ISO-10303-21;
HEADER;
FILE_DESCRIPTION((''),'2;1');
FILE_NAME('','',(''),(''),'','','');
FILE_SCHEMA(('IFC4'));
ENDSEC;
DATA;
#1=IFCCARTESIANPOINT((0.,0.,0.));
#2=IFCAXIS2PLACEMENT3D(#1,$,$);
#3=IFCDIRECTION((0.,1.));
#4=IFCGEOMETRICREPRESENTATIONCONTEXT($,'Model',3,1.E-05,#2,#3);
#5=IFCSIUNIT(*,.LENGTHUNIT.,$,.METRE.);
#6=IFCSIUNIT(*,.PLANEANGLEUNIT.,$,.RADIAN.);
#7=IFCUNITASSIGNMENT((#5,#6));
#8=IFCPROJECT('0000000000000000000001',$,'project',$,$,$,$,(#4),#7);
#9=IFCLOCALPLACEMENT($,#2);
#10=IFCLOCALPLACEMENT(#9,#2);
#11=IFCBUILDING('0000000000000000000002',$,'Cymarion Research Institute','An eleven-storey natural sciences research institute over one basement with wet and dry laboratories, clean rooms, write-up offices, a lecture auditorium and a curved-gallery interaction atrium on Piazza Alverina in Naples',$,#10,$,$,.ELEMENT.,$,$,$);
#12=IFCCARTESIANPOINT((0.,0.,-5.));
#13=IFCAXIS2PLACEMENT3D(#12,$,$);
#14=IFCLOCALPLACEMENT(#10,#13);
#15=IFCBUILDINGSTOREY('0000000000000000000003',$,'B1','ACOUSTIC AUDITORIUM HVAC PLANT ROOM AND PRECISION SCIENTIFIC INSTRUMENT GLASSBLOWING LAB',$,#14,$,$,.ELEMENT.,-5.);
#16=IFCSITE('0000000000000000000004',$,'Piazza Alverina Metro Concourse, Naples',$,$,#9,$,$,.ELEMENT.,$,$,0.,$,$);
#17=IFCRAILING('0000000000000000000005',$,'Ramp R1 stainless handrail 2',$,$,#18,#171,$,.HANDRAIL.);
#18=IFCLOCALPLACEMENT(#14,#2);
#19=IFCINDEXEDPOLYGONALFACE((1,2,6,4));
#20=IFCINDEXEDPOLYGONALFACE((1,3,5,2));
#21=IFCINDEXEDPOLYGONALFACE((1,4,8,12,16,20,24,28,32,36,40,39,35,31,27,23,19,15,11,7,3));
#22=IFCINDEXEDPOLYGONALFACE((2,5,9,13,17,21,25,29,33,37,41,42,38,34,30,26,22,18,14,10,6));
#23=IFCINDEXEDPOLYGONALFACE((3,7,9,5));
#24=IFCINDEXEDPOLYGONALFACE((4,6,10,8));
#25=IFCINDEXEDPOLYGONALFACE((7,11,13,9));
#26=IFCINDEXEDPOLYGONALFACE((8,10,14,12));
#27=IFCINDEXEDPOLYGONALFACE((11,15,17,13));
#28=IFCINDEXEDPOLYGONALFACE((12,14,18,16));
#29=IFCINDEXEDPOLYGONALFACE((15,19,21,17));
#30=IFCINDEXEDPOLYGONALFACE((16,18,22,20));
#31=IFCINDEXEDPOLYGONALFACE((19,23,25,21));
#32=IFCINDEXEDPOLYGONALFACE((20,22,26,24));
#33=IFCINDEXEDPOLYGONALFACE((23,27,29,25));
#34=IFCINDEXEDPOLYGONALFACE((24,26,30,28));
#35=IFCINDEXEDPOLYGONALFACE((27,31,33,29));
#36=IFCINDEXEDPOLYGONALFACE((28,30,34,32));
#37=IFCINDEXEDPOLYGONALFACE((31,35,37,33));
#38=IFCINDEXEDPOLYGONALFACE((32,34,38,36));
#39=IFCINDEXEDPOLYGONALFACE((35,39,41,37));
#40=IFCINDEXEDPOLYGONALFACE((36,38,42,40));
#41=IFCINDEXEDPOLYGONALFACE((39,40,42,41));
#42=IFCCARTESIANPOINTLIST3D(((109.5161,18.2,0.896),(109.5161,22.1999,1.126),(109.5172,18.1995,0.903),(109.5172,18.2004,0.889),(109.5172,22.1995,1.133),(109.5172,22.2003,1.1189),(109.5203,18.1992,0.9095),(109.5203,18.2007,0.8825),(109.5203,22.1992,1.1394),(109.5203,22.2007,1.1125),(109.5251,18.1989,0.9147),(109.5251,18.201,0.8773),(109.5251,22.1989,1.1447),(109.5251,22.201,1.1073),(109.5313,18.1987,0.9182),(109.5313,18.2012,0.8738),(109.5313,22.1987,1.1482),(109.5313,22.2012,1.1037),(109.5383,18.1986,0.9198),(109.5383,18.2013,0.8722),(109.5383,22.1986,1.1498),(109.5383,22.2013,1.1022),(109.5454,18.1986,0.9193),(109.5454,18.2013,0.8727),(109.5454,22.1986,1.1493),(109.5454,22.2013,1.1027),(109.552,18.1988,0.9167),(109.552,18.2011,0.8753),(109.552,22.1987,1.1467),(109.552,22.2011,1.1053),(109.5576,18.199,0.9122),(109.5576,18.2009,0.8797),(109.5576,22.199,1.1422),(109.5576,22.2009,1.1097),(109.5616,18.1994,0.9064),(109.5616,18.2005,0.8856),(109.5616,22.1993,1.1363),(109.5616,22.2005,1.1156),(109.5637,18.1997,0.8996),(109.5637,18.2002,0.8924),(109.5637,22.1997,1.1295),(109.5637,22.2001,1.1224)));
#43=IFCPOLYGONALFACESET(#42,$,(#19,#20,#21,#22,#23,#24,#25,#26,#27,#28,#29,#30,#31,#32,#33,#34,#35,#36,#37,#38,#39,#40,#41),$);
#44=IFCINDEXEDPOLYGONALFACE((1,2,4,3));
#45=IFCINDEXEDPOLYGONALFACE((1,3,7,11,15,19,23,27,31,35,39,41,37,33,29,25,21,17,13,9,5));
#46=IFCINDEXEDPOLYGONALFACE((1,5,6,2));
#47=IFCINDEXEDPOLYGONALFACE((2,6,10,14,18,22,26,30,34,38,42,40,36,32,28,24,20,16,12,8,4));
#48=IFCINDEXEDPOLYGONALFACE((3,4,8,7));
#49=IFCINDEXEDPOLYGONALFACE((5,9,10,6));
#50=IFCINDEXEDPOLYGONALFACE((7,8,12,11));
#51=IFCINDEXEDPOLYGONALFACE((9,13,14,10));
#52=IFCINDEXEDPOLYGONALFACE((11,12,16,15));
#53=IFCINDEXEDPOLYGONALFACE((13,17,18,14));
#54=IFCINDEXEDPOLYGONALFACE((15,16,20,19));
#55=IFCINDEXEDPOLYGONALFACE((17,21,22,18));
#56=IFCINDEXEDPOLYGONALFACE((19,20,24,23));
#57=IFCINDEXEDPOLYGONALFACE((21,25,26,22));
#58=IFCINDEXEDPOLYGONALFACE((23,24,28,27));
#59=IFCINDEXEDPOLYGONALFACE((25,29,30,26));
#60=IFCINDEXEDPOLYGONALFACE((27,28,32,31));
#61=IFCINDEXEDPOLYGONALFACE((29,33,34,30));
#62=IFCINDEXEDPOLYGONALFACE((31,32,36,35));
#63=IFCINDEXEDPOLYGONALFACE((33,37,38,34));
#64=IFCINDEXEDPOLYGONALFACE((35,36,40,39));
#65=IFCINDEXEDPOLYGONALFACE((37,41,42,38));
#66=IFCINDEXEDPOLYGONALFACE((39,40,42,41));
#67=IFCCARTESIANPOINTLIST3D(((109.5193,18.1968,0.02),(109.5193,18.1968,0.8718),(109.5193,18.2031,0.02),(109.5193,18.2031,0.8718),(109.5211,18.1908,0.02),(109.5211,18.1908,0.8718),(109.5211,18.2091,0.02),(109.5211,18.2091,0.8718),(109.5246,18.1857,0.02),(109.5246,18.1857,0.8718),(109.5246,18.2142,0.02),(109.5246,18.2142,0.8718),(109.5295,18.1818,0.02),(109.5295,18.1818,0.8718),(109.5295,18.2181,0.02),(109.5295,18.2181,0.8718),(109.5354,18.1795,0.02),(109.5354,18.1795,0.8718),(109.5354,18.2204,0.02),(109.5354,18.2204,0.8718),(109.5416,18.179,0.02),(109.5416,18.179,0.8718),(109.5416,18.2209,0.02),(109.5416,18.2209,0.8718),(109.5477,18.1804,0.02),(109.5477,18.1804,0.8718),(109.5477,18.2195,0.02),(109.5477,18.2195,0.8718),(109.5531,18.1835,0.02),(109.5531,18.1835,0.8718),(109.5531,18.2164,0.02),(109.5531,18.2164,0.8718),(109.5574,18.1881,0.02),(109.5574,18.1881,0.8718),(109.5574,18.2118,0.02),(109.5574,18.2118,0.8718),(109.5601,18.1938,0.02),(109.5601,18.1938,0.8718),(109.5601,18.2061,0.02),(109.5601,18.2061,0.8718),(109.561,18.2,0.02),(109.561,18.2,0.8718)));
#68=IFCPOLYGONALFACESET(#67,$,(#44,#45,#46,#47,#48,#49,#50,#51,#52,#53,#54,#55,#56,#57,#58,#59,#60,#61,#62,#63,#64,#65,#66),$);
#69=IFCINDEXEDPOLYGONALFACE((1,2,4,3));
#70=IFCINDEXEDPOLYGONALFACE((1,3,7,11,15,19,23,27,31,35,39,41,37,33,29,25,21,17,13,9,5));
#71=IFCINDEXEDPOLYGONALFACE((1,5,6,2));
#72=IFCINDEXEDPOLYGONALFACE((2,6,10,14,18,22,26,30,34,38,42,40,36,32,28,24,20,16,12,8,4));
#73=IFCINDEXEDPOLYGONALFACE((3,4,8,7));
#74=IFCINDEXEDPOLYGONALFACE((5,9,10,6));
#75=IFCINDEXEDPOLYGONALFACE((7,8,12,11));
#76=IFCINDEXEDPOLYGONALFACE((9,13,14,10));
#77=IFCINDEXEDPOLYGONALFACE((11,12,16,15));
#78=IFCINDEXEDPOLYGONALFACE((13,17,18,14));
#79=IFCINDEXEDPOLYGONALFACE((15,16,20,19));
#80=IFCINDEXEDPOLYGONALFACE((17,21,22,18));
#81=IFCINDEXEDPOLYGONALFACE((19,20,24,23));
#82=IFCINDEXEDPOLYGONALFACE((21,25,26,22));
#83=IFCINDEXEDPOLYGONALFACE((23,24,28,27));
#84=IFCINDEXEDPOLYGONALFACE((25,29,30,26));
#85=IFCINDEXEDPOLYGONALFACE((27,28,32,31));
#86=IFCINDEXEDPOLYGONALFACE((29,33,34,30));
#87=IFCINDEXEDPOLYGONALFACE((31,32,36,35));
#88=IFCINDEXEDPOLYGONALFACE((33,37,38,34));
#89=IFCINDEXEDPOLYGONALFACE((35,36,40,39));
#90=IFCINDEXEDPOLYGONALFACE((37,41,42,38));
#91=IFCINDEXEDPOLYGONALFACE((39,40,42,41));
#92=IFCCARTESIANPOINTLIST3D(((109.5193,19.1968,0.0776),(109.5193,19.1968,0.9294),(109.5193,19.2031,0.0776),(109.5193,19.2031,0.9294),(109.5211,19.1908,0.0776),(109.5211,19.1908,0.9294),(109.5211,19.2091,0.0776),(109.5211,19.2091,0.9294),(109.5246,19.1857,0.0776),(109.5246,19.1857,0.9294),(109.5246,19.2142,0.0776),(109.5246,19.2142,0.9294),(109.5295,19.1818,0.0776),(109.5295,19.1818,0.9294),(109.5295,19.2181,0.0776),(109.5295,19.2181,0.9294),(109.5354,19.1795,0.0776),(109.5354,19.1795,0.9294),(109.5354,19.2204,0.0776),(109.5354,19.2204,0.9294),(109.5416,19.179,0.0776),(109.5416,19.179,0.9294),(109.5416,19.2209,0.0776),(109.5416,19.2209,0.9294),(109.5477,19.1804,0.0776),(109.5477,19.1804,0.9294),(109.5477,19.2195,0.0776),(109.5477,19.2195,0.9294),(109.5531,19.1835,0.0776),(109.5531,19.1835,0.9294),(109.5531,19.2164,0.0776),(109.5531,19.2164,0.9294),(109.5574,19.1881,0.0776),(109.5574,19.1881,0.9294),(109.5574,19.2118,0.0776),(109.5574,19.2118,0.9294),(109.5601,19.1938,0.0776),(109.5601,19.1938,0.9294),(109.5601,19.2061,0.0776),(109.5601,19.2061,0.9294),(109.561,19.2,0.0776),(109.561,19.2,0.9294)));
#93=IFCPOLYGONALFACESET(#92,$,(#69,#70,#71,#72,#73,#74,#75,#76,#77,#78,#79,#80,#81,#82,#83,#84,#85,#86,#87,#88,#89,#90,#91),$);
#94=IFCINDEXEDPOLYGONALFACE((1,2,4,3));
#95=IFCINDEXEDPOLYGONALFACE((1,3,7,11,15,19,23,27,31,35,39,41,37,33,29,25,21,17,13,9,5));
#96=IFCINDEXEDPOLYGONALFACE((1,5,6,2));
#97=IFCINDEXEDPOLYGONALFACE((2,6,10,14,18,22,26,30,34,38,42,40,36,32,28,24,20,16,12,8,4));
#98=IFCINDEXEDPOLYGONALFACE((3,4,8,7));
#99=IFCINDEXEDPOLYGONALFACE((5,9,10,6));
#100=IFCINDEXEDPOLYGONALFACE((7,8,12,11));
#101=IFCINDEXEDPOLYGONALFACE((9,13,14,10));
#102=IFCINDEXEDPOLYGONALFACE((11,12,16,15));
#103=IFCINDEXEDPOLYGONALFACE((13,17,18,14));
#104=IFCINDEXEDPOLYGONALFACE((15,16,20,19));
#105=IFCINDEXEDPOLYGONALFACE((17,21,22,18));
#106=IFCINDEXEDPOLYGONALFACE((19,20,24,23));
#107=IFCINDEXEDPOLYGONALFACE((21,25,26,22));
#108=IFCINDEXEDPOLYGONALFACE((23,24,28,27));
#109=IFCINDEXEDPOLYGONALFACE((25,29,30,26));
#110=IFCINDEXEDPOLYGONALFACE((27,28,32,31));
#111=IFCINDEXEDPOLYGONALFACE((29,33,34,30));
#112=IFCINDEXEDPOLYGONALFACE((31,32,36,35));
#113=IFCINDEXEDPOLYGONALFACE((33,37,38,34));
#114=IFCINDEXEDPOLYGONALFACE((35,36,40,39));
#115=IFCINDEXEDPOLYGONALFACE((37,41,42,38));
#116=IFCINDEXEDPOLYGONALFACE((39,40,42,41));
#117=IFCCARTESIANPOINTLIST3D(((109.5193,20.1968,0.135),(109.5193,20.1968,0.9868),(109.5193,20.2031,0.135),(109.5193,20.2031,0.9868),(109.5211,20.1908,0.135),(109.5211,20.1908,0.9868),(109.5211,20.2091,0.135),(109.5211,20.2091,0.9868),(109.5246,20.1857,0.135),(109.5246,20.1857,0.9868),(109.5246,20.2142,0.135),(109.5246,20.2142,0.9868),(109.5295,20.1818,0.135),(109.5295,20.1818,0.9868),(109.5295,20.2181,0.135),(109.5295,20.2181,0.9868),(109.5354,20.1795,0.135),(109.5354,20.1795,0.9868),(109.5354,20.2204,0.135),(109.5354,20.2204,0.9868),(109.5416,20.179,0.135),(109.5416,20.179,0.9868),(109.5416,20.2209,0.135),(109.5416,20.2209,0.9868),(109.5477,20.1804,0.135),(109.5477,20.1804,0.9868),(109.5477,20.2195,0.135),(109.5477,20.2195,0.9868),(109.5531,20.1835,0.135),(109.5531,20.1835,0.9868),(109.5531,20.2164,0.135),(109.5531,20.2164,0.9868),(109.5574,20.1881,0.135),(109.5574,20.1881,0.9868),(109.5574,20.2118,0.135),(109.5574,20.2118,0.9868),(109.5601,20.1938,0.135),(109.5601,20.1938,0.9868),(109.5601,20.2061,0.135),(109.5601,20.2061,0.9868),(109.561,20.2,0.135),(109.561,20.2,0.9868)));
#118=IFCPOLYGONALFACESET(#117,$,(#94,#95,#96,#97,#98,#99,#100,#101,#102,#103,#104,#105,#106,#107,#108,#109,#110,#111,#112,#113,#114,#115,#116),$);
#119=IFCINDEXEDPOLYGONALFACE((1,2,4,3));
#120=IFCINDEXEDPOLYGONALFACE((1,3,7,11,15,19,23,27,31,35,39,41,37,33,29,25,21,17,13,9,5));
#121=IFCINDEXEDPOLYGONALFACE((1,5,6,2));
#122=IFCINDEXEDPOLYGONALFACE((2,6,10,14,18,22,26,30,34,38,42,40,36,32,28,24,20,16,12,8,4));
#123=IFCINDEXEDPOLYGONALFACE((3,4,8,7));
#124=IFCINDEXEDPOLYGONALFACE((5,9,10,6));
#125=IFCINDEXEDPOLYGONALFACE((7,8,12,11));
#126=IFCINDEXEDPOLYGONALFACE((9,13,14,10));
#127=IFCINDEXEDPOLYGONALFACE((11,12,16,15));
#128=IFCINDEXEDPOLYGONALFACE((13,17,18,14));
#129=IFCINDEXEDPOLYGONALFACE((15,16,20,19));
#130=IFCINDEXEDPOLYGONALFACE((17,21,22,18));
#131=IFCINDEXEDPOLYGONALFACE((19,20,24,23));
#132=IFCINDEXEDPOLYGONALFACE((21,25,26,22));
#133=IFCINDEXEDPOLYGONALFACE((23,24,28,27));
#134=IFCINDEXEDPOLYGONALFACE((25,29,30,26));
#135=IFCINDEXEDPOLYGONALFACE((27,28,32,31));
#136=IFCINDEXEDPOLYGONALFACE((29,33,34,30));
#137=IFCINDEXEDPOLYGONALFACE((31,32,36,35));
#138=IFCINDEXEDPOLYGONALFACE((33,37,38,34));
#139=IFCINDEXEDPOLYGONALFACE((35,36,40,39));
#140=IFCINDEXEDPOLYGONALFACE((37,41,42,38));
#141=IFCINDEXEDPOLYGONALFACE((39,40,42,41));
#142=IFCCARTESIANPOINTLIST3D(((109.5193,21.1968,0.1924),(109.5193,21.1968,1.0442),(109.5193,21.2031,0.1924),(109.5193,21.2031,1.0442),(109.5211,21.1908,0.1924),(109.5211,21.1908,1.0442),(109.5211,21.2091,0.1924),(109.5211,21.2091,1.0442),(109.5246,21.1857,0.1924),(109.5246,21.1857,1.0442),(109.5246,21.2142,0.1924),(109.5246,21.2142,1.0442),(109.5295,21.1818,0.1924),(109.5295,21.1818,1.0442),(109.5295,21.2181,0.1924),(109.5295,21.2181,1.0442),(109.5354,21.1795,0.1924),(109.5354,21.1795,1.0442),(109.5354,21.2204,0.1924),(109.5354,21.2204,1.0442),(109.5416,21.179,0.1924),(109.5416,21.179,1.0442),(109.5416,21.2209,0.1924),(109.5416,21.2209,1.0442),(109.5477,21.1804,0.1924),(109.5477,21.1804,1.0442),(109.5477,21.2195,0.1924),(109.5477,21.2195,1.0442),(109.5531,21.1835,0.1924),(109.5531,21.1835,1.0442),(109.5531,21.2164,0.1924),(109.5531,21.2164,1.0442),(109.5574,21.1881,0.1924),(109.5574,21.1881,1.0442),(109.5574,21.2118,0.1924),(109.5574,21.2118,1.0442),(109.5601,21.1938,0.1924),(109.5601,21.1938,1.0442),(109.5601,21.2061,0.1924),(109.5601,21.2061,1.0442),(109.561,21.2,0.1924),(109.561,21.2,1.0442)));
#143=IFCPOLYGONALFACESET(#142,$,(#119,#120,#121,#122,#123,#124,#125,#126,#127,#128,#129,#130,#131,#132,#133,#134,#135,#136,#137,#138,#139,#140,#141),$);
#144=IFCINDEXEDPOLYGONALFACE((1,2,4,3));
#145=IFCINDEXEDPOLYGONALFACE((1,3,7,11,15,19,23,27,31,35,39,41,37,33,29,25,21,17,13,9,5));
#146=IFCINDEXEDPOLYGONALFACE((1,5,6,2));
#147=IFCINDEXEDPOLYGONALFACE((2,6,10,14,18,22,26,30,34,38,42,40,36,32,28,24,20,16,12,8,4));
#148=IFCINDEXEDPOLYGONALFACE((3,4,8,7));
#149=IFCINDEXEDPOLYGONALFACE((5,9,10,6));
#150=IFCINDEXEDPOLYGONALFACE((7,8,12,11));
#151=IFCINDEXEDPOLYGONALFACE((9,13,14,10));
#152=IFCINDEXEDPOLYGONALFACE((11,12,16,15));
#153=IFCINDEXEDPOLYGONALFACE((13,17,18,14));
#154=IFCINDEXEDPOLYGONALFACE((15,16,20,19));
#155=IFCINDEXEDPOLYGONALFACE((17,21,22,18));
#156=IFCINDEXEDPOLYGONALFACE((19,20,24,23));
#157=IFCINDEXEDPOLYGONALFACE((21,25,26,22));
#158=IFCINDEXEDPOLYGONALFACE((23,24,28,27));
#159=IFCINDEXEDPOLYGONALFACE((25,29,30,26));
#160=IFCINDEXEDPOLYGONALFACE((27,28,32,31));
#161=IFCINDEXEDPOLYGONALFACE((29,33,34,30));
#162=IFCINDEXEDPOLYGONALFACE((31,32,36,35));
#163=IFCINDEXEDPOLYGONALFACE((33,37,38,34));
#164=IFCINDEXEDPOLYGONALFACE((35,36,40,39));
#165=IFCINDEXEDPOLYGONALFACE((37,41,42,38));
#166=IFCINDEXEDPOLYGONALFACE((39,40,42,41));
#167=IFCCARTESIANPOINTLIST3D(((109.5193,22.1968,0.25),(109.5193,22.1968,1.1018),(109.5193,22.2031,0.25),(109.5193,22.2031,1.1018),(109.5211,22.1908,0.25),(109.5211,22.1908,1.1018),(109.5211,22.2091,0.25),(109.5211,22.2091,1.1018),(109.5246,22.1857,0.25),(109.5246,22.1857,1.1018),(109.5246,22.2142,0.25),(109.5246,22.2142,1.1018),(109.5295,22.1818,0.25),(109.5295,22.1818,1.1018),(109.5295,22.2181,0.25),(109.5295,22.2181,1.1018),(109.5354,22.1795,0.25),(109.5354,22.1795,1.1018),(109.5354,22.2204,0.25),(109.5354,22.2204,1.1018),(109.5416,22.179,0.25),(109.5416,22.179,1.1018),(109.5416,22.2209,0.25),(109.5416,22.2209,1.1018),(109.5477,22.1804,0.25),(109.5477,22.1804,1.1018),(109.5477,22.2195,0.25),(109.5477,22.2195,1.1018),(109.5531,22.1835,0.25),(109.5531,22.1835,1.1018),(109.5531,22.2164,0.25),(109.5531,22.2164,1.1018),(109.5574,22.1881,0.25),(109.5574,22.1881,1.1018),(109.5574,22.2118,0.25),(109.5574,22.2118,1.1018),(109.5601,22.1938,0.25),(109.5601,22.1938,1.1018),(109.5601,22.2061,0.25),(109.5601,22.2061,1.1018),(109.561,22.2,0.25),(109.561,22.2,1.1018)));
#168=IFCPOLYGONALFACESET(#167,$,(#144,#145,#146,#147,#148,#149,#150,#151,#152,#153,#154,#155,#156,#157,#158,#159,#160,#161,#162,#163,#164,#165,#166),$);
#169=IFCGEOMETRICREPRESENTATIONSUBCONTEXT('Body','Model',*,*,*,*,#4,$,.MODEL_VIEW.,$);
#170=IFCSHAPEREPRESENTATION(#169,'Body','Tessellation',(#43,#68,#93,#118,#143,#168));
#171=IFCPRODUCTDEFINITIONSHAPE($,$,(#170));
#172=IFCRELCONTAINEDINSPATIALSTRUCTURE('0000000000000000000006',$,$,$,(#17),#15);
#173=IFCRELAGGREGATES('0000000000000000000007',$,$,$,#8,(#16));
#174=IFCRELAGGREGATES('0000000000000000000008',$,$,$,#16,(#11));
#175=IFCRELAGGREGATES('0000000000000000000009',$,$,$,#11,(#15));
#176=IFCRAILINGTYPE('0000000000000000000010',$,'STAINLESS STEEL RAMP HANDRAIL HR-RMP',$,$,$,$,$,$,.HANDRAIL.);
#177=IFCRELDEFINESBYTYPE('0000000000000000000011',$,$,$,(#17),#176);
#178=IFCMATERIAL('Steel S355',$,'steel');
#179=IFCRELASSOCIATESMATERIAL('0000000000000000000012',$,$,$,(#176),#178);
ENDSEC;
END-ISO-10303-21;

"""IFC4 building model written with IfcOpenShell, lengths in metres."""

from ifc_helpers import new_model, si_unit, direction, frame, origin, origin_2d, place, context, subcontext, project, spatial, circle, extrude, material, type_object, element, save


model = new_model("IFC4")

# Units and contexts
model_context = context("Model", 3, precision=1e-05, world=origin(), true_north=direction((0.0, 1.0)))
body_context = subcontext(model_context, "Body", "Model", "MODEL_VIEW")
ifc_project = project(units=[si_unit("LENGTHUNIT", "METRE"), si_unit("PLANEANGLEUNIT", "RADIAN")], contexts=[model_context])

# Site, building, storey
site_placement = place(None, origin())
site = spatial("IfcSite", under=ifc_project, at=site_placement, Name="Piazza Alverina Metro Concourse, Naples", CompositionType="ELEMENT", RefElevation=0.0)
building_placement = place(site_placement, origin())
building = spatial("IfcBuilding", under=site, at=building_placement, Name="Cymarion Research Institute", Description="An eleven-storey natural sciences research institute over one basement with wet and dry laboratories, clean rooms, write-up offices, a lecture auditorium and a curved-gallery interaction atrium on Piazza Alverina in Naples", CompositionType="ELEMENT")
storey_placement = place(building_placement, frame((0.0, 0.0, -5.0)))
storey = spatial("IfcBuildingStorey", under=building, at=storey_placement, Name="B1", Description="ACOUSTIC AUDITORIUM HVAC PLANT ROOM AND PRECISION SCIENTIFIC INSTRUMENT GLASSBLOWING LAB", CompositionType="ELEMENT", Elevation=-5.0)

# Shared definitions
ifc_material_1 = material(Name="Steel S355", Category="steel")

# Railing
railing_type = type_object("IfcRailingType", Name="STAINLESS STEEL RAMP HANDRAIL HR-RMP", PredefinedType="HANDRAIL", material=ifc_material_1)
for number, where, name in (
    (1, (109.54, 18.2, 0.02), "Ramp R1 stainless handrail 2"),
):
    element("IfcRailing", number, at=place(storey_placement, frame(where)), inside=storey, type_object=railing_type, Name=name, PredefinedType="HANDRAIL", context=body_context, shape_type="SweptSolid", body=[
        extrude(circle(Radius=0.0239, at=origin_2d()), frame((0.0, 0.0, 0.876), z_axis=(0.0, 0.998351, 0.0574), x_axis=(-1.0, 0.0, 0.0)), (0.0, 0.0, 1.0), 4.0066),
        extrude(circle(Radius=0.021, at=origin_2d()), origin(), (0.0, 0.0, 1.0), 0.8518),
        extrude(circle(Radius=0.021, at=origin_2d()), frame((0.0, 1.0, 0.0576)), (0.0, 0.0, 1.0), 0.8518),
        extrude(circle(Radius=0.021, at=origin_2d()), frame((0.0, 2.0, 0.115)), (0.0, 0.0, 1.0), 0.8518),
        extrude(circle(Radius=0.021, at=origin_2d()), frame((0.0, 3.0, 0.1724)), (0.0, 0.0, 1.0), 0.8518),
        extrude(circle(Radius=0.021, at=origin_2d()), frame((0.0, 4.0, 0.23)), (0.0, 0.0, 1.0), 0.8518),
    ])

save(model, "model.ifc")
